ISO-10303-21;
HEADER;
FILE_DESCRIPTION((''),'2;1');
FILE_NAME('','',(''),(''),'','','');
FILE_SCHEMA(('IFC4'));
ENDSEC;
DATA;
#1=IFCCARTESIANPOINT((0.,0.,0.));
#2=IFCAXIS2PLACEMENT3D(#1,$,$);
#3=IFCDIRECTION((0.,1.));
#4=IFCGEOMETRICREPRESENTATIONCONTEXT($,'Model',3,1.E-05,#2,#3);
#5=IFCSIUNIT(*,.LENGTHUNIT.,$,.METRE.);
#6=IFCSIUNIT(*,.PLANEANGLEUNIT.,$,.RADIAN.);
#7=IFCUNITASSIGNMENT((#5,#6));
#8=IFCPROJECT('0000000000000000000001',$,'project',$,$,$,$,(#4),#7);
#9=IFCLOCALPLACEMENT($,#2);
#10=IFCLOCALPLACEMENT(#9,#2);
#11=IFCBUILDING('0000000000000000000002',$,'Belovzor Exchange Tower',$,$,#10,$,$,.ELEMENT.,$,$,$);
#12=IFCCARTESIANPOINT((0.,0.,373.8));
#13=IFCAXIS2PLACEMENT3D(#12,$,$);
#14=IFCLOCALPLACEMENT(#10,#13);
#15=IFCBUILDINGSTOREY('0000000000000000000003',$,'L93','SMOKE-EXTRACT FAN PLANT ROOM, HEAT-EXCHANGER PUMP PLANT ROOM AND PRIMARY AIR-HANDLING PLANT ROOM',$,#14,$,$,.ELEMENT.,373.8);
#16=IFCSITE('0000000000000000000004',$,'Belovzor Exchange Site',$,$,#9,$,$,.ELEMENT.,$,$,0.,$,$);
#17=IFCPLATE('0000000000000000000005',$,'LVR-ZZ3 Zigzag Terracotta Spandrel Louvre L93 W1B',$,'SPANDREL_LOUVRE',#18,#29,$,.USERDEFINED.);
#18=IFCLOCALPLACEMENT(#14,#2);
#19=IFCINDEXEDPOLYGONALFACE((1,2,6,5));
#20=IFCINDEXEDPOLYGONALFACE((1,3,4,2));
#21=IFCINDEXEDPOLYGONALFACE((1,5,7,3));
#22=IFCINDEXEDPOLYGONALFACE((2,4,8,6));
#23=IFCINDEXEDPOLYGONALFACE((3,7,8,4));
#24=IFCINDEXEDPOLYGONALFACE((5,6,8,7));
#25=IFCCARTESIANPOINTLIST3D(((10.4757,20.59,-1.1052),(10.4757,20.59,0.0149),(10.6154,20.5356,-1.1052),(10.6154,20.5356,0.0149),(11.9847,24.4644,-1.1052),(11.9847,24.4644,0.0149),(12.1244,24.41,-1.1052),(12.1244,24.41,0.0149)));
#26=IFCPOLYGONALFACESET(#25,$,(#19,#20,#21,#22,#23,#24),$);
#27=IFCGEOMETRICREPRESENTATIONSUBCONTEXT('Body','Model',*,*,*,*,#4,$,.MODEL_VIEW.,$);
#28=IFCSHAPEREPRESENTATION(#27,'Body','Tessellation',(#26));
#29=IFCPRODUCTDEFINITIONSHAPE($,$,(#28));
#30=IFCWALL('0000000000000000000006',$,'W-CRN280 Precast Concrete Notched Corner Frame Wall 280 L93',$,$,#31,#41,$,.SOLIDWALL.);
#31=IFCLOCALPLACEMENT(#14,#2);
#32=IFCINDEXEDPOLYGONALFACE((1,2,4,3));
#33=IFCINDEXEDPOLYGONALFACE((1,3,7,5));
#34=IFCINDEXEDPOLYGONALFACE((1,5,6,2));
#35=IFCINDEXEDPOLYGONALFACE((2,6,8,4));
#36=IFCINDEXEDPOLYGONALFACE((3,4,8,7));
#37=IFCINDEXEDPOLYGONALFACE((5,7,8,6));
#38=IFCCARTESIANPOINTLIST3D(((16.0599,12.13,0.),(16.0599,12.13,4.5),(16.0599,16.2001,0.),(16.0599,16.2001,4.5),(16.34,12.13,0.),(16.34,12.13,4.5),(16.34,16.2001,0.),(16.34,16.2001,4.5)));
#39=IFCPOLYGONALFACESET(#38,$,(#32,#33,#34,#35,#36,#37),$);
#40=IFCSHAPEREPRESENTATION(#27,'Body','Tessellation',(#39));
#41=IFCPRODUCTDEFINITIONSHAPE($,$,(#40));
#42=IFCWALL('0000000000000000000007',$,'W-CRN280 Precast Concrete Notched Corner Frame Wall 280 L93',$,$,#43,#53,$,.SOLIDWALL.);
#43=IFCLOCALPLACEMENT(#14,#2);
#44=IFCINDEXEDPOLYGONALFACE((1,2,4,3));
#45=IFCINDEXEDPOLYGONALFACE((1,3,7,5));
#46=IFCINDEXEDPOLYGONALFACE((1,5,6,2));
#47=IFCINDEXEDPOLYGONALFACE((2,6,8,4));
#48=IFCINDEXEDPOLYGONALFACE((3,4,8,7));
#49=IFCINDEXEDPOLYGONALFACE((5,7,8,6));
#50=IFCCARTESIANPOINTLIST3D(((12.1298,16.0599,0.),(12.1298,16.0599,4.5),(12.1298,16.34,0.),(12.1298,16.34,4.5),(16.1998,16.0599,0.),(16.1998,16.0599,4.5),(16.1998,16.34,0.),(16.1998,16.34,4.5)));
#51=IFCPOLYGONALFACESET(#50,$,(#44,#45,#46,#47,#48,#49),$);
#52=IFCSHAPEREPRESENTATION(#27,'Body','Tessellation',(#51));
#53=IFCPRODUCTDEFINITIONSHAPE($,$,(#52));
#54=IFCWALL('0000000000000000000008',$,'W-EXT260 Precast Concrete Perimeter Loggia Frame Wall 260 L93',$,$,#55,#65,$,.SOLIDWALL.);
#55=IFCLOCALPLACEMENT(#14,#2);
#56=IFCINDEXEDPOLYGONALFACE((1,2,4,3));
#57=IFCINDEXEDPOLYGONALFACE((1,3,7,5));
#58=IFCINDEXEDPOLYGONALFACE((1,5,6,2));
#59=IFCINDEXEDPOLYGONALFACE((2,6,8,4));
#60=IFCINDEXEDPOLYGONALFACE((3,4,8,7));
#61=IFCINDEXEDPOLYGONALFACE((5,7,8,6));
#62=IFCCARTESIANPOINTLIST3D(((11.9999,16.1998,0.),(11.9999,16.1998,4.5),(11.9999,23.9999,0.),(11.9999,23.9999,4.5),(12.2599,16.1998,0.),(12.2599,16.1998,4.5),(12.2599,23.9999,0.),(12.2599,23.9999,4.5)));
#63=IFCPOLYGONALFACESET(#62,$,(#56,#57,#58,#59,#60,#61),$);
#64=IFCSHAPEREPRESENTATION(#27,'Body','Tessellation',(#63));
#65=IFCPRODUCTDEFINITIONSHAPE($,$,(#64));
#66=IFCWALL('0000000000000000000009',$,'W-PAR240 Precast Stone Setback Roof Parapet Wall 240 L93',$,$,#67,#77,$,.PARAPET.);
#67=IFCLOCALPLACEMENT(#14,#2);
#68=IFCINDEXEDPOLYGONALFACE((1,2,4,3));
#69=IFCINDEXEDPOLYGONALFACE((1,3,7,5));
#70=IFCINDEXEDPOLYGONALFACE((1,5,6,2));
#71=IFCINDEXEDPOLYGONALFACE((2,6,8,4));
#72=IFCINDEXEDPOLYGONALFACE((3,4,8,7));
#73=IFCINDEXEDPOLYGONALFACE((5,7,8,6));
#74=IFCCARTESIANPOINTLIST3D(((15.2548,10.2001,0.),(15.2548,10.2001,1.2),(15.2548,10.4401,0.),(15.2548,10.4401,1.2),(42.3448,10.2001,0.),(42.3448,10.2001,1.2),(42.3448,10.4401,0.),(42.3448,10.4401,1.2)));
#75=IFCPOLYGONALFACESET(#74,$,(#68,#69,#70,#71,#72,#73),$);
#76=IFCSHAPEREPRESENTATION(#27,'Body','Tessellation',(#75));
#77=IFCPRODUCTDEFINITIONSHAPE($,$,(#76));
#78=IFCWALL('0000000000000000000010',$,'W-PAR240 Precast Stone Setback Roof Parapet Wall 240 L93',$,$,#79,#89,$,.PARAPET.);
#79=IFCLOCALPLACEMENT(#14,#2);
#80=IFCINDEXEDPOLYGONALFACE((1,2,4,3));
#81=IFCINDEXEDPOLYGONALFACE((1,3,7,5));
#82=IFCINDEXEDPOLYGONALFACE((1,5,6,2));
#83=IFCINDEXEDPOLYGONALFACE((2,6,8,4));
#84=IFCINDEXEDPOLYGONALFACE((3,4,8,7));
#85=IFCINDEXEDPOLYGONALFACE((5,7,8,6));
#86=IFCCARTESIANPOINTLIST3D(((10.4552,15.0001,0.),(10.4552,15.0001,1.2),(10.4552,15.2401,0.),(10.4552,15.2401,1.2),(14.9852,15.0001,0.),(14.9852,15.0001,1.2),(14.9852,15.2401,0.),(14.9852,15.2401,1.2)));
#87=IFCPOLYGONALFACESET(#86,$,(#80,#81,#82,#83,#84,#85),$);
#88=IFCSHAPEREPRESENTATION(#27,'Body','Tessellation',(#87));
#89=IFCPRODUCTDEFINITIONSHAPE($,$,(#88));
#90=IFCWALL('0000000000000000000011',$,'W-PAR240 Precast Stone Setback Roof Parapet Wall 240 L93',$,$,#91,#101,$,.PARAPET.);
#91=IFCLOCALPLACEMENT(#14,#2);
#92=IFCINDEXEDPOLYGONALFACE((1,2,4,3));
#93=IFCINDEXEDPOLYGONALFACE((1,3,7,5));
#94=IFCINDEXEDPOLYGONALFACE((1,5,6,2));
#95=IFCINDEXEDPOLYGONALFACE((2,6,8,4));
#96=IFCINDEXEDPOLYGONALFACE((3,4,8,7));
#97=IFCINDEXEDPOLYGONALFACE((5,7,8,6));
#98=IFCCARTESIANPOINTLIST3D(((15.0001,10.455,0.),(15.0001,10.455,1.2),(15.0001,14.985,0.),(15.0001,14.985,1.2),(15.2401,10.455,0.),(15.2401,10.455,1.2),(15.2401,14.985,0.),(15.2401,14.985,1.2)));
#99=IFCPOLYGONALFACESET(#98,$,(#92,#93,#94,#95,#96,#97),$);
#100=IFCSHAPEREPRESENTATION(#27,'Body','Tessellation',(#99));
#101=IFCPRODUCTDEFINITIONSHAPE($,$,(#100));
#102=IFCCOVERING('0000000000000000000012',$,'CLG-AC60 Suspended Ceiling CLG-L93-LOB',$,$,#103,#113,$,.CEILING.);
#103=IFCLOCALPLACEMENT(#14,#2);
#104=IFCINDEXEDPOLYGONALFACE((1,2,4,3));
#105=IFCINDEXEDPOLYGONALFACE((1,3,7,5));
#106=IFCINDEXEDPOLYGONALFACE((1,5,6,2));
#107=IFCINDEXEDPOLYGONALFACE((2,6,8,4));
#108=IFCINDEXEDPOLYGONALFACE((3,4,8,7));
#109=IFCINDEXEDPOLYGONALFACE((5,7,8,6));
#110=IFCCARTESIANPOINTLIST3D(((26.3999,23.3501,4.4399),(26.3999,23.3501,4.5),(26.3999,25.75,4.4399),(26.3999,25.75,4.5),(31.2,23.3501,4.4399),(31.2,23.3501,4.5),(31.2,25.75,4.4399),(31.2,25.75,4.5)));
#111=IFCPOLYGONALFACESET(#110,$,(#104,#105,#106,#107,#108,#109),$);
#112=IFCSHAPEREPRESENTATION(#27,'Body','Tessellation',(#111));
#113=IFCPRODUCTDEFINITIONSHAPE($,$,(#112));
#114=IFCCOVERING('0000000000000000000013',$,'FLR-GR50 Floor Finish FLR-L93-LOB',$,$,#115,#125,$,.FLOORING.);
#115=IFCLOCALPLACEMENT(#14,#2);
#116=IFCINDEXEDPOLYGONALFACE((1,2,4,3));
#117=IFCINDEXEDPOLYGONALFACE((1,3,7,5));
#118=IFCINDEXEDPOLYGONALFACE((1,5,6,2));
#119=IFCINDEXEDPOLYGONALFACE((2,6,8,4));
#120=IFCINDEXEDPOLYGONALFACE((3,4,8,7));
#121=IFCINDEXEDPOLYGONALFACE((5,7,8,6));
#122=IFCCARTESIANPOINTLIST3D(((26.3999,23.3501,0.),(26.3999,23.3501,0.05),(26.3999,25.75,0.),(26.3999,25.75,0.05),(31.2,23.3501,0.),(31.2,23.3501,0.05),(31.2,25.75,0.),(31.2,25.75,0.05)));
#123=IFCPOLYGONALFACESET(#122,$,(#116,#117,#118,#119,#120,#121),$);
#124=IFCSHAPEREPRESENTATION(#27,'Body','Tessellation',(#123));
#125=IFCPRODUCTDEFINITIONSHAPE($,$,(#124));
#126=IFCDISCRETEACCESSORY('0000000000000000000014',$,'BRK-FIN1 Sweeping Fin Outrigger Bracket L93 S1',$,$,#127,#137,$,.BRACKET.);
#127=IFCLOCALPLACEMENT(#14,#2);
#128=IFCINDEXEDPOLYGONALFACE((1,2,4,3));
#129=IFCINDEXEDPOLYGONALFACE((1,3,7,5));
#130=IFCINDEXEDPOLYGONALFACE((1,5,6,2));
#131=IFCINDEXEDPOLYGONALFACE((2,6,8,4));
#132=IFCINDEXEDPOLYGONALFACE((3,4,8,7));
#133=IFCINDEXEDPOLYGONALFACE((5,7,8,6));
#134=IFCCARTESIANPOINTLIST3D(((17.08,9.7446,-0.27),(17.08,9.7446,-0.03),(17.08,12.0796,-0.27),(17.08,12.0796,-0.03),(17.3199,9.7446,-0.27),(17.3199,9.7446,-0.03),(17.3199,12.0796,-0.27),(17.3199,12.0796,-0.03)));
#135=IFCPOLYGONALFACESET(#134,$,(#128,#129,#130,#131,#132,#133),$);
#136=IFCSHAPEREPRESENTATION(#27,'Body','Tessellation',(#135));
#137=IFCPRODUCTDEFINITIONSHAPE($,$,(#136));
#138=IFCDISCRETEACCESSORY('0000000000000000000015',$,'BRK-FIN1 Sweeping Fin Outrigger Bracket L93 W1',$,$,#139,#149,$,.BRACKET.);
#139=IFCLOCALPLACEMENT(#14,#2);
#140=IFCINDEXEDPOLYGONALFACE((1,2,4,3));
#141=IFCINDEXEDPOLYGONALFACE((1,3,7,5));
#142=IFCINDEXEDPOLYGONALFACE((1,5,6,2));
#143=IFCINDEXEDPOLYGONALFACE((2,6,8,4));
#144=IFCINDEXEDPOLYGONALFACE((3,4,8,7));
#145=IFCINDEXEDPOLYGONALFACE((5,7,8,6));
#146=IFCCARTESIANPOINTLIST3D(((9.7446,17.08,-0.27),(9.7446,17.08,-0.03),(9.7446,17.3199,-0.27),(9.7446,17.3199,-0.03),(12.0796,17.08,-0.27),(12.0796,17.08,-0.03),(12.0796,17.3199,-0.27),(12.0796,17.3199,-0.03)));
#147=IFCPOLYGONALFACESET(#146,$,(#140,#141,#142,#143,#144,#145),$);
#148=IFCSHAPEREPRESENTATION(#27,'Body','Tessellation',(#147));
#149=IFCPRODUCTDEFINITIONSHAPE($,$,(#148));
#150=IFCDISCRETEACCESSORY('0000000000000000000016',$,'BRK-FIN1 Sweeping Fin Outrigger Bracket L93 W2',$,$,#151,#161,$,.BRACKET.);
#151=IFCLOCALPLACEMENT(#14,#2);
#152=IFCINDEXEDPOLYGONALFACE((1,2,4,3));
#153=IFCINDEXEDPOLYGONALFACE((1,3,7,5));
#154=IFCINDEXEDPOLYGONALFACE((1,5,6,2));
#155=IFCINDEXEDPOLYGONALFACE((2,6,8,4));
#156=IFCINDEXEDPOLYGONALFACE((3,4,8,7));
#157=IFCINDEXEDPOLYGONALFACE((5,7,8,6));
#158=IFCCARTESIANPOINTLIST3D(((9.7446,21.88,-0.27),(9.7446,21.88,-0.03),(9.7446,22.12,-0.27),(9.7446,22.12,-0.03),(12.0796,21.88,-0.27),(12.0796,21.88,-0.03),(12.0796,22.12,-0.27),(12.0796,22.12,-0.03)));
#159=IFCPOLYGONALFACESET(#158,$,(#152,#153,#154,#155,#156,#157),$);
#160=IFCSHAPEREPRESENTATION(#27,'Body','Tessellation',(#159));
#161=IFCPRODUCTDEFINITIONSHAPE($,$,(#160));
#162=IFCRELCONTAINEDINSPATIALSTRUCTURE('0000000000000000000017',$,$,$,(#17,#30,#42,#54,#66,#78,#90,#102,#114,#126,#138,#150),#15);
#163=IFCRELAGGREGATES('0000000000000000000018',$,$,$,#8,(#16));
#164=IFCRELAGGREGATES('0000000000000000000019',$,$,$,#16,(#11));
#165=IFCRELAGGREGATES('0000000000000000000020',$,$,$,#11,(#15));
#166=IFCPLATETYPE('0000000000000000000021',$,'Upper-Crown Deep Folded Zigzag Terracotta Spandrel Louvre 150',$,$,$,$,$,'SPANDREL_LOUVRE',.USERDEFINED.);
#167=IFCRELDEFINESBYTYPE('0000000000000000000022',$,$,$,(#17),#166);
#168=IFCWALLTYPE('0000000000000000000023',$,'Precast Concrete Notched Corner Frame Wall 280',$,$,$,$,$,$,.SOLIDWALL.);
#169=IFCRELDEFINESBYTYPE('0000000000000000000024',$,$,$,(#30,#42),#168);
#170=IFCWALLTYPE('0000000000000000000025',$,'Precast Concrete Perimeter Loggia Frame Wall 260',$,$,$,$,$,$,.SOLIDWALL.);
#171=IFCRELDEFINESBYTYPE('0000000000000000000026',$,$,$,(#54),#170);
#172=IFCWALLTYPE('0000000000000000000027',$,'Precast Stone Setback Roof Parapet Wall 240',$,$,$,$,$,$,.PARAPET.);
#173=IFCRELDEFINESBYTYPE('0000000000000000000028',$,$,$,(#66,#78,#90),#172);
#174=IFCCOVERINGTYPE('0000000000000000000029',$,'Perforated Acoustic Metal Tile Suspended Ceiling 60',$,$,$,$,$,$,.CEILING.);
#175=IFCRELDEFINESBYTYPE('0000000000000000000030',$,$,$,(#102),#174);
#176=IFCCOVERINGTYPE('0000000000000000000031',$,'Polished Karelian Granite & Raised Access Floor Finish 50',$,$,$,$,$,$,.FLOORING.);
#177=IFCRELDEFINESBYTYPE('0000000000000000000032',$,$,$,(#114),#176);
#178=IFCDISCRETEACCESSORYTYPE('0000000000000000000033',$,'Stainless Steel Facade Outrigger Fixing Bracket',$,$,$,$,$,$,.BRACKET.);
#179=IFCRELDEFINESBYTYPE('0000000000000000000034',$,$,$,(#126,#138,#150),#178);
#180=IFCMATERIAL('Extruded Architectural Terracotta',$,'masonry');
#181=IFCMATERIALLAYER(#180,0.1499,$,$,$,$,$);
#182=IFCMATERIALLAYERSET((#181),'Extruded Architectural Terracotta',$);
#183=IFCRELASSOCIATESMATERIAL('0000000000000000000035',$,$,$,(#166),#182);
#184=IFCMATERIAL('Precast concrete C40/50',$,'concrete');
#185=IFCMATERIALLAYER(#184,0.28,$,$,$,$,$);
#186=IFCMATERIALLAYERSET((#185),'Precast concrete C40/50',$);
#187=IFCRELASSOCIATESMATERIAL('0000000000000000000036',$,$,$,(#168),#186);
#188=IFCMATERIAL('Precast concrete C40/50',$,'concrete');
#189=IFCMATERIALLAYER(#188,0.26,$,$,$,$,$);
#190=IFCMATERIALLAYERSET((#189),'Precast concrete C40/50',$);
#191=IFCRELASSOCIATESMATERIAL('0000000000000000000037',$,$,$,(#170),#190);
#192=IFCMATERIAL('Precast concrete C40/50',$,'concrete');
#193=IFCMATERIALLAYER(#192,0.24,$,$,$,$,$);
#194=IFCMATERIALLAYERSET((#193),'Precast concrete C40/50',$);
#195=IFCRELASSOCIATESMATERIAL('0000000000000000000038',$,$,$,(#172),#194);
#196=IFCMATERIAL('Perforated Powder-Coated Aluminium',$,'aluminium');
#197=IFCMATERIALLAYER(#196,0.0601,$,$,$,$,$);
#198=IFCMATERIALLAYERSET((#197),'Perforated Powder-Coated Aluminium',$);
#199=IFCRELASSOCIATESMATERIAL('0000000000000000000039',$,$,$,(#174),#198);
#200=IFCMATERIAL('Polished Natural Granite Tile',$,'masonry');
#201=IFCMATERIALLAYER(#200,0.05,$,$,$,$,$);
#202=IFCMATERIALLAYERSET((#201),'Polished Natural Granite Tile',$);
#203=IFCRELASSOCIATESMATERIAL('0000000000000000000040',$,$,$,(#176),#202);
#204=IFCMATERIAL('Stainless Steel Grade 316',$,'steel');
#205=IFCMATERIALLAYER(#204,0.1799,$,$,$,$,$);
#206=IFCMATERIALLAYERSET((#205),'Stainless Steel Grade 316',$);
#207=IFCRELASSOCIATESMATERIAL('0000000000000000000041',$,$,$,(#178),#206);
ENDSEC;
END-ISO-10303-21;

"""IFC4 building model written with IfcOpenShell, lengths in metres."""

from ifc_helpers import new_model, si_unit, direction, frame, frame_2d, origin, origin_2d, place, context, subcontext, project, spatial, polyline, rectangle, outline, extrude, material, layer, layer_set, type_object, element, save


model = new_model("IFC4")

# Units and contexts
model_context = context("Model", 3, precision=1e-05, world=origin(), true_north=direction((0.0, 1.0)))
body_context = subcontext(model_context, "Body", "Model", "MODEL_VIEW")
ifc_project = project(units=[si_unit("LENGTHUNIT", "METRE"), si_unit("PLANEANGLEUNIT", "RADIAN")], contexts=[model_context])

# Site, building, storey
site_placement = place(None, origin())
site = spatial("IfcSite", under=ifc_project, at=site_placement, Name="Belovzor Exchange Site", CompositionType="ELEMENT", RefElevation=0.0)
building_placement = place(site_placement, origin())
building = spatial("IfcBuilding", under=site, at=building_placement, Name="Belovzor Exchange Tower", CompositionType="ELEMENT")
storey_placement = place(building_placement, frame((0.0, 0.0, 373.8)))
storey = spatial("IfcBuildingStorey", under=building, at=storey_placement, Name="L93", Description="SMOKE-EXTRACT FAN PLANT ROOM, HEAT-EXCHANGER PUMP PLANT ROOM AND PRIMARY AIR-HANDLING PLANT ROOM", CompositionType="ELEMENT", Elevation=373.8)

# Plate
ifc_material_1 = material(Name="Extruded Architectural Terracotta", Category="masonry")
ifc_layer_1 = layer(ifc_material_1, 0.1499)
ifc_layer_set_1 = layer_set([ifc_layer_1], Name="Extruded Architectural Terracotta")
plate_type_1 = type_object("IfcPlateType", Name="Upper-Crown Deep Folded Zigzag Terracotta Spandrel Louvre 150", ElementType="SPANDREL_LOUVRE", PredefinedType="USERDEFINED", material=ifc_layer_set_1)
for number, where, z_axis, x_axis, name in (
    (1, (11.3, 22.5, -1.1052), (0.0, 0.0, 1.0), (0.362926, 0.931818, 0.0), "LVR-ZZ3 Zigzag Terracotta Spandrel Louvre L93 W1B"),
):
    element("IfcPlate", number, at=place(storey_placement, frame(where, z_axis=z_axis, x_axis=x_axis)), inside=storey, type_object=plate_type_1, Name=name, ObjectType="SPANDREL_LOUVRE", PredefinedType="USERDEFINED", context=body_context, shape_type="SweptSolid", body=[
        extrude(rectangle(XDim=4.158, YDim=0.1499, at=origin_2d()), origin(), (0.0, 0.0, 1.0), 1.1201),
    ])

# Walls
ifc_material_2 = material(Name="Precast concrete C40/50", Category="concrete")
ifc_layer_2 = layer(ifc_material_2, 0.28)
ifc_layer_set_2 = layer_set([ifc_layer_2], Name="Precast concrete C40/50")
wall_type_1 = type_object("IfcWallType", Name="Precast Concrete Notched Corner Frame Wall 280", PredefinedType="SOLIDWALL", material=ifc_layer_set_2)
for number, where, z_axis, x_axis, name in (
    (2, (16.2, 12.1299, 0.0), (0.0, 0.0, 1.0), (0.0, 1.0, 0.0), "W-CRN280 Precast Concrete Notched Corner Frame Wall 280 L93"),
    (3, (16.2, 16.2, 0.0), (0.0, 0.0, 1.0), (-1.0, 0.0, 0.0), "W-CRN280 Precast Concrete Notched Corner Frame Wall 280 L93"),
):
    element("IfcWall", number, at=place(storey_placement, frame(where, z_axis=z_axis, x_axis=x_axis)), inside=storey, type_object=wall_type_1, Name=name, PredefinedType="SOLIDWALL", context=body_context, shape_type="SweptSolid", body=[
        extrude(rectangle(XDim=4.0701, YDim=0.28, at=frame_2d((2.0352, 0.0))), origin(), (0.0, 0.0, 1.0), 4.5),
    ])
ifc_material_3 = material(Name="Precast concrete C40/50", Category="concrete")
ifc_layer_3 = layer(ifc_material_3, 0.26)
ifc_layer_set_3 = layer_set([ifc_layer_3], Name="Precast concrete C40/50")
wall_type_2 = type_object("IfcWallType", Name="Precast Concrete Perimeter Loggia Frame Wall 260", PredefinedType="SOLIDWALL", material=ifc_layer_set_3)
wall_1_placement = place(storey_placement, frame((12.1299, 16.2, 0.0), z_axis=(0.0, 0.0, 1.0), x_axis=(0.0, 1.0, 0.0)))
element("IfcWall", 4, at=wall_1_placement, inside=storey, type_object=wall_type_2, Name="W-EXT260 Precast Concrete Perimeter Loggia Frame Wall 260 L93", PredefinedType="SOLIDWALL", context=body_context, shape_type="SweptSolid", body=[
    extrude(rectangle(XDim=7.8, YDim=0.26, at=frame_2d((3.8999, 0.0))), origin(), (0.0, 0.0, 1.0), 4.5),
])
ifc_material_4 = material(Name="Precast concrete C40/50", Category="concrete")
ifc_layer_4 = layer(ifc_material_4, 0.24)
ifc_layer_set_4 = layer_set([ifc_layer_4], Name="Precast concrete C40/50")
wall_type_3 = type_object("IfcWallType", Name="Precast Stone Setback Roof Parapet Wall 240", PredefinedType="PARAPET", material=ifc_layer_set_4)
wall_2_placement = place(storey_placement, frame((15.2549, 10.3201, 0.0), z_axis=(0.0, 0.0, 1.0), x_axis=(1.0, 0.0, 0.0)))
element("IfcWall", 5, at=wall_2_placement, inside=storey, type_object=wall_type_3, Name="W-PAR240 Precast Stone Setback Roof Parapet Wall 240 L93", PredefinedType="PARAPET", context=body_context, shape_type="SweptSolid", body=[
    extrude(rectangle(XDim=27.0901, YDim=0.24, at=frame_2d((13.5449, 0.0))), origin(), (0.0, 0.0, 1.0), 1.2),
])
for number, where, z_axis, x_axis, name in (
    (6, (10.4551, 15.1201, 0.0), (0.0, 0.0, 1.0), (1.0, 0.0, 0.0), "W-PAR240 Precast Stone Setback Roof Parapet Wall 240 L93"),
    (7, (15.1201, 14.9851, 0.0), (0.0, 0.0, 1.0), (0.0, -1.0, 0.0), "W-PAR240 Precast Stone Setback Roof Parapet Wall 240 L93"),
):
    element("IfcWall", number, at=place(storey_placement, frame(where, z_axis=z_axis, x_axis=x_axis)), inside=storey, type_object=wall_type_3, Name=name, PredefinedType="PARAPET", context=body_context, shape_type="SweptSolid", body=[
        extrude(rectangle(XDim=4.53, YDim=0.24, at=frame_2d((2.2651, 0.0))), origin(), (0.0, 0.0, 1.0), 1.2),
    ])

# Coverings
ifc_material_5 = material(Name="Perforated Powder-Coated Aluminium", Category="aluminium")
ifc_layer_5 = layer(ifc_material_5, 0.0601)
ifc_layer_set_5 = layer_set([ifc_layer_5], Name="Perforated Powder-Coated Aluminium")
covering_type_1 = type_object("IfcCoveringType", Name="Perforated Acoustic Metal Tile Suspended Ceiling 60", PredefinedType="CEILING", material=ifc_layer_set_5)
covering_1_placement = place(storey_placement, frame((0.0, 0.0, 4.4399)))
element("IfcCovering", 8, at=covering_1_placement, inside=storey, type_object=covering_type_1, Name="CLG-AC60 Suspended Ceiling CLG-L93-LOB", PredefinedType="CEILING", context=body_context, shape_type="SweptSolid", body=[
    extrude(outline(polyline([(26.3999, 23.3501), (31.2, 23.3501), (31.2, 25.75), (26.3999, 25.75), (26.3999, 23.3501)])), origin(), (0.0, 0.0, 1.0), 0.0601),
])
ifc_material_6 = material(Name="Polished Natural Granite Tile", Category="masonry")
ifc_layer_6 = layer(ifc_material_6, 0.05)
ifc_layer_set_6 = layer_set([ifc_layer_6], Name="Polished Natural Granite Tile")
covering_type_2 = type_object("IfcCoveringType", Name="Polished Karelian Granite & Raised Access Floor Finish 50", PredefinedType="FLOORING", material=ifc_layer_set_6)
covering_2_placement = place(storey_placement, origin())
element("IfcCovering", 9, at=covering_2_placement, inside=storey, type_object=covering_type_2, Name="FLR-GR50 Floor Finish FLR-L93-LOB", PredefinedType="FLOORING", context=body_context, shape_type="SweptSolid", body=[
    extrude(outline(polyline([(26.3999, 23.3501), (31.2, 23.3501), (31.2, 25.75), (26.3999, 25.75), (26.3999, 23.3501)])), origin(), (0.0, 0.0, 1.0), 0.05),
])

# Discrete accessories
ifc_material_7 = material(Name="Stainless Steel Grade 316", Category="steel")
ifc_layer_7 = layer(ifc_material_7, 0.1799)
ifc_layer_set_7 = layer_set([ifc_layer_7], Name="Stainless Steel Grade 316")
discrete_accessory_type = type_object("IfcDiscreteAccessoryType", Name="Stainless Steel Facade Outrigger Fixing Bracket", PredefinedType="BRACKET", material=ifc_layer_set_7)
for number, where, z_axis, x_axis, name in (
    (10, (17.2, 10.9121, -0.27), (0.0, 0.0, 1.0), (0.0, 1.0, 0.0), "BRK-FIN1 Sweeping Fin Outrigger Bracket L93 S1"),
    (11, (10.9121, 17.2, -0.27), (0.0, 0.0, 1.0), (1.0, 0.0, 0.0), "BRK-FIN1 Sweeping Fin Outrigger Bracket L93 W1"),
    (12, (10.9121, 22.0, -0.27), (0.0, 0.0, 1.0), (1.0, 0.0, 0.0), "BRK-FIN1 Sweeping Fin Outrigger Bracket L93 W2"),
):
    element("IfcDiscreteAccessory", number, at=place(storey_placement, frame(where, z_axis=z_axis, x_axis=x_axis)), inside=storey, type_object=discrete_accessory_type, Name=name, PredefinedType="BRACKET", context=body_context, shape_type="SweptSolid", body=[
        extrude(rectangle(XDim=2.335, YDim=0.24, at=origin_2d()), origin(), (0.0, 0.0, 1.0), 0.24),
    ])

save(model, "model.ifc")
